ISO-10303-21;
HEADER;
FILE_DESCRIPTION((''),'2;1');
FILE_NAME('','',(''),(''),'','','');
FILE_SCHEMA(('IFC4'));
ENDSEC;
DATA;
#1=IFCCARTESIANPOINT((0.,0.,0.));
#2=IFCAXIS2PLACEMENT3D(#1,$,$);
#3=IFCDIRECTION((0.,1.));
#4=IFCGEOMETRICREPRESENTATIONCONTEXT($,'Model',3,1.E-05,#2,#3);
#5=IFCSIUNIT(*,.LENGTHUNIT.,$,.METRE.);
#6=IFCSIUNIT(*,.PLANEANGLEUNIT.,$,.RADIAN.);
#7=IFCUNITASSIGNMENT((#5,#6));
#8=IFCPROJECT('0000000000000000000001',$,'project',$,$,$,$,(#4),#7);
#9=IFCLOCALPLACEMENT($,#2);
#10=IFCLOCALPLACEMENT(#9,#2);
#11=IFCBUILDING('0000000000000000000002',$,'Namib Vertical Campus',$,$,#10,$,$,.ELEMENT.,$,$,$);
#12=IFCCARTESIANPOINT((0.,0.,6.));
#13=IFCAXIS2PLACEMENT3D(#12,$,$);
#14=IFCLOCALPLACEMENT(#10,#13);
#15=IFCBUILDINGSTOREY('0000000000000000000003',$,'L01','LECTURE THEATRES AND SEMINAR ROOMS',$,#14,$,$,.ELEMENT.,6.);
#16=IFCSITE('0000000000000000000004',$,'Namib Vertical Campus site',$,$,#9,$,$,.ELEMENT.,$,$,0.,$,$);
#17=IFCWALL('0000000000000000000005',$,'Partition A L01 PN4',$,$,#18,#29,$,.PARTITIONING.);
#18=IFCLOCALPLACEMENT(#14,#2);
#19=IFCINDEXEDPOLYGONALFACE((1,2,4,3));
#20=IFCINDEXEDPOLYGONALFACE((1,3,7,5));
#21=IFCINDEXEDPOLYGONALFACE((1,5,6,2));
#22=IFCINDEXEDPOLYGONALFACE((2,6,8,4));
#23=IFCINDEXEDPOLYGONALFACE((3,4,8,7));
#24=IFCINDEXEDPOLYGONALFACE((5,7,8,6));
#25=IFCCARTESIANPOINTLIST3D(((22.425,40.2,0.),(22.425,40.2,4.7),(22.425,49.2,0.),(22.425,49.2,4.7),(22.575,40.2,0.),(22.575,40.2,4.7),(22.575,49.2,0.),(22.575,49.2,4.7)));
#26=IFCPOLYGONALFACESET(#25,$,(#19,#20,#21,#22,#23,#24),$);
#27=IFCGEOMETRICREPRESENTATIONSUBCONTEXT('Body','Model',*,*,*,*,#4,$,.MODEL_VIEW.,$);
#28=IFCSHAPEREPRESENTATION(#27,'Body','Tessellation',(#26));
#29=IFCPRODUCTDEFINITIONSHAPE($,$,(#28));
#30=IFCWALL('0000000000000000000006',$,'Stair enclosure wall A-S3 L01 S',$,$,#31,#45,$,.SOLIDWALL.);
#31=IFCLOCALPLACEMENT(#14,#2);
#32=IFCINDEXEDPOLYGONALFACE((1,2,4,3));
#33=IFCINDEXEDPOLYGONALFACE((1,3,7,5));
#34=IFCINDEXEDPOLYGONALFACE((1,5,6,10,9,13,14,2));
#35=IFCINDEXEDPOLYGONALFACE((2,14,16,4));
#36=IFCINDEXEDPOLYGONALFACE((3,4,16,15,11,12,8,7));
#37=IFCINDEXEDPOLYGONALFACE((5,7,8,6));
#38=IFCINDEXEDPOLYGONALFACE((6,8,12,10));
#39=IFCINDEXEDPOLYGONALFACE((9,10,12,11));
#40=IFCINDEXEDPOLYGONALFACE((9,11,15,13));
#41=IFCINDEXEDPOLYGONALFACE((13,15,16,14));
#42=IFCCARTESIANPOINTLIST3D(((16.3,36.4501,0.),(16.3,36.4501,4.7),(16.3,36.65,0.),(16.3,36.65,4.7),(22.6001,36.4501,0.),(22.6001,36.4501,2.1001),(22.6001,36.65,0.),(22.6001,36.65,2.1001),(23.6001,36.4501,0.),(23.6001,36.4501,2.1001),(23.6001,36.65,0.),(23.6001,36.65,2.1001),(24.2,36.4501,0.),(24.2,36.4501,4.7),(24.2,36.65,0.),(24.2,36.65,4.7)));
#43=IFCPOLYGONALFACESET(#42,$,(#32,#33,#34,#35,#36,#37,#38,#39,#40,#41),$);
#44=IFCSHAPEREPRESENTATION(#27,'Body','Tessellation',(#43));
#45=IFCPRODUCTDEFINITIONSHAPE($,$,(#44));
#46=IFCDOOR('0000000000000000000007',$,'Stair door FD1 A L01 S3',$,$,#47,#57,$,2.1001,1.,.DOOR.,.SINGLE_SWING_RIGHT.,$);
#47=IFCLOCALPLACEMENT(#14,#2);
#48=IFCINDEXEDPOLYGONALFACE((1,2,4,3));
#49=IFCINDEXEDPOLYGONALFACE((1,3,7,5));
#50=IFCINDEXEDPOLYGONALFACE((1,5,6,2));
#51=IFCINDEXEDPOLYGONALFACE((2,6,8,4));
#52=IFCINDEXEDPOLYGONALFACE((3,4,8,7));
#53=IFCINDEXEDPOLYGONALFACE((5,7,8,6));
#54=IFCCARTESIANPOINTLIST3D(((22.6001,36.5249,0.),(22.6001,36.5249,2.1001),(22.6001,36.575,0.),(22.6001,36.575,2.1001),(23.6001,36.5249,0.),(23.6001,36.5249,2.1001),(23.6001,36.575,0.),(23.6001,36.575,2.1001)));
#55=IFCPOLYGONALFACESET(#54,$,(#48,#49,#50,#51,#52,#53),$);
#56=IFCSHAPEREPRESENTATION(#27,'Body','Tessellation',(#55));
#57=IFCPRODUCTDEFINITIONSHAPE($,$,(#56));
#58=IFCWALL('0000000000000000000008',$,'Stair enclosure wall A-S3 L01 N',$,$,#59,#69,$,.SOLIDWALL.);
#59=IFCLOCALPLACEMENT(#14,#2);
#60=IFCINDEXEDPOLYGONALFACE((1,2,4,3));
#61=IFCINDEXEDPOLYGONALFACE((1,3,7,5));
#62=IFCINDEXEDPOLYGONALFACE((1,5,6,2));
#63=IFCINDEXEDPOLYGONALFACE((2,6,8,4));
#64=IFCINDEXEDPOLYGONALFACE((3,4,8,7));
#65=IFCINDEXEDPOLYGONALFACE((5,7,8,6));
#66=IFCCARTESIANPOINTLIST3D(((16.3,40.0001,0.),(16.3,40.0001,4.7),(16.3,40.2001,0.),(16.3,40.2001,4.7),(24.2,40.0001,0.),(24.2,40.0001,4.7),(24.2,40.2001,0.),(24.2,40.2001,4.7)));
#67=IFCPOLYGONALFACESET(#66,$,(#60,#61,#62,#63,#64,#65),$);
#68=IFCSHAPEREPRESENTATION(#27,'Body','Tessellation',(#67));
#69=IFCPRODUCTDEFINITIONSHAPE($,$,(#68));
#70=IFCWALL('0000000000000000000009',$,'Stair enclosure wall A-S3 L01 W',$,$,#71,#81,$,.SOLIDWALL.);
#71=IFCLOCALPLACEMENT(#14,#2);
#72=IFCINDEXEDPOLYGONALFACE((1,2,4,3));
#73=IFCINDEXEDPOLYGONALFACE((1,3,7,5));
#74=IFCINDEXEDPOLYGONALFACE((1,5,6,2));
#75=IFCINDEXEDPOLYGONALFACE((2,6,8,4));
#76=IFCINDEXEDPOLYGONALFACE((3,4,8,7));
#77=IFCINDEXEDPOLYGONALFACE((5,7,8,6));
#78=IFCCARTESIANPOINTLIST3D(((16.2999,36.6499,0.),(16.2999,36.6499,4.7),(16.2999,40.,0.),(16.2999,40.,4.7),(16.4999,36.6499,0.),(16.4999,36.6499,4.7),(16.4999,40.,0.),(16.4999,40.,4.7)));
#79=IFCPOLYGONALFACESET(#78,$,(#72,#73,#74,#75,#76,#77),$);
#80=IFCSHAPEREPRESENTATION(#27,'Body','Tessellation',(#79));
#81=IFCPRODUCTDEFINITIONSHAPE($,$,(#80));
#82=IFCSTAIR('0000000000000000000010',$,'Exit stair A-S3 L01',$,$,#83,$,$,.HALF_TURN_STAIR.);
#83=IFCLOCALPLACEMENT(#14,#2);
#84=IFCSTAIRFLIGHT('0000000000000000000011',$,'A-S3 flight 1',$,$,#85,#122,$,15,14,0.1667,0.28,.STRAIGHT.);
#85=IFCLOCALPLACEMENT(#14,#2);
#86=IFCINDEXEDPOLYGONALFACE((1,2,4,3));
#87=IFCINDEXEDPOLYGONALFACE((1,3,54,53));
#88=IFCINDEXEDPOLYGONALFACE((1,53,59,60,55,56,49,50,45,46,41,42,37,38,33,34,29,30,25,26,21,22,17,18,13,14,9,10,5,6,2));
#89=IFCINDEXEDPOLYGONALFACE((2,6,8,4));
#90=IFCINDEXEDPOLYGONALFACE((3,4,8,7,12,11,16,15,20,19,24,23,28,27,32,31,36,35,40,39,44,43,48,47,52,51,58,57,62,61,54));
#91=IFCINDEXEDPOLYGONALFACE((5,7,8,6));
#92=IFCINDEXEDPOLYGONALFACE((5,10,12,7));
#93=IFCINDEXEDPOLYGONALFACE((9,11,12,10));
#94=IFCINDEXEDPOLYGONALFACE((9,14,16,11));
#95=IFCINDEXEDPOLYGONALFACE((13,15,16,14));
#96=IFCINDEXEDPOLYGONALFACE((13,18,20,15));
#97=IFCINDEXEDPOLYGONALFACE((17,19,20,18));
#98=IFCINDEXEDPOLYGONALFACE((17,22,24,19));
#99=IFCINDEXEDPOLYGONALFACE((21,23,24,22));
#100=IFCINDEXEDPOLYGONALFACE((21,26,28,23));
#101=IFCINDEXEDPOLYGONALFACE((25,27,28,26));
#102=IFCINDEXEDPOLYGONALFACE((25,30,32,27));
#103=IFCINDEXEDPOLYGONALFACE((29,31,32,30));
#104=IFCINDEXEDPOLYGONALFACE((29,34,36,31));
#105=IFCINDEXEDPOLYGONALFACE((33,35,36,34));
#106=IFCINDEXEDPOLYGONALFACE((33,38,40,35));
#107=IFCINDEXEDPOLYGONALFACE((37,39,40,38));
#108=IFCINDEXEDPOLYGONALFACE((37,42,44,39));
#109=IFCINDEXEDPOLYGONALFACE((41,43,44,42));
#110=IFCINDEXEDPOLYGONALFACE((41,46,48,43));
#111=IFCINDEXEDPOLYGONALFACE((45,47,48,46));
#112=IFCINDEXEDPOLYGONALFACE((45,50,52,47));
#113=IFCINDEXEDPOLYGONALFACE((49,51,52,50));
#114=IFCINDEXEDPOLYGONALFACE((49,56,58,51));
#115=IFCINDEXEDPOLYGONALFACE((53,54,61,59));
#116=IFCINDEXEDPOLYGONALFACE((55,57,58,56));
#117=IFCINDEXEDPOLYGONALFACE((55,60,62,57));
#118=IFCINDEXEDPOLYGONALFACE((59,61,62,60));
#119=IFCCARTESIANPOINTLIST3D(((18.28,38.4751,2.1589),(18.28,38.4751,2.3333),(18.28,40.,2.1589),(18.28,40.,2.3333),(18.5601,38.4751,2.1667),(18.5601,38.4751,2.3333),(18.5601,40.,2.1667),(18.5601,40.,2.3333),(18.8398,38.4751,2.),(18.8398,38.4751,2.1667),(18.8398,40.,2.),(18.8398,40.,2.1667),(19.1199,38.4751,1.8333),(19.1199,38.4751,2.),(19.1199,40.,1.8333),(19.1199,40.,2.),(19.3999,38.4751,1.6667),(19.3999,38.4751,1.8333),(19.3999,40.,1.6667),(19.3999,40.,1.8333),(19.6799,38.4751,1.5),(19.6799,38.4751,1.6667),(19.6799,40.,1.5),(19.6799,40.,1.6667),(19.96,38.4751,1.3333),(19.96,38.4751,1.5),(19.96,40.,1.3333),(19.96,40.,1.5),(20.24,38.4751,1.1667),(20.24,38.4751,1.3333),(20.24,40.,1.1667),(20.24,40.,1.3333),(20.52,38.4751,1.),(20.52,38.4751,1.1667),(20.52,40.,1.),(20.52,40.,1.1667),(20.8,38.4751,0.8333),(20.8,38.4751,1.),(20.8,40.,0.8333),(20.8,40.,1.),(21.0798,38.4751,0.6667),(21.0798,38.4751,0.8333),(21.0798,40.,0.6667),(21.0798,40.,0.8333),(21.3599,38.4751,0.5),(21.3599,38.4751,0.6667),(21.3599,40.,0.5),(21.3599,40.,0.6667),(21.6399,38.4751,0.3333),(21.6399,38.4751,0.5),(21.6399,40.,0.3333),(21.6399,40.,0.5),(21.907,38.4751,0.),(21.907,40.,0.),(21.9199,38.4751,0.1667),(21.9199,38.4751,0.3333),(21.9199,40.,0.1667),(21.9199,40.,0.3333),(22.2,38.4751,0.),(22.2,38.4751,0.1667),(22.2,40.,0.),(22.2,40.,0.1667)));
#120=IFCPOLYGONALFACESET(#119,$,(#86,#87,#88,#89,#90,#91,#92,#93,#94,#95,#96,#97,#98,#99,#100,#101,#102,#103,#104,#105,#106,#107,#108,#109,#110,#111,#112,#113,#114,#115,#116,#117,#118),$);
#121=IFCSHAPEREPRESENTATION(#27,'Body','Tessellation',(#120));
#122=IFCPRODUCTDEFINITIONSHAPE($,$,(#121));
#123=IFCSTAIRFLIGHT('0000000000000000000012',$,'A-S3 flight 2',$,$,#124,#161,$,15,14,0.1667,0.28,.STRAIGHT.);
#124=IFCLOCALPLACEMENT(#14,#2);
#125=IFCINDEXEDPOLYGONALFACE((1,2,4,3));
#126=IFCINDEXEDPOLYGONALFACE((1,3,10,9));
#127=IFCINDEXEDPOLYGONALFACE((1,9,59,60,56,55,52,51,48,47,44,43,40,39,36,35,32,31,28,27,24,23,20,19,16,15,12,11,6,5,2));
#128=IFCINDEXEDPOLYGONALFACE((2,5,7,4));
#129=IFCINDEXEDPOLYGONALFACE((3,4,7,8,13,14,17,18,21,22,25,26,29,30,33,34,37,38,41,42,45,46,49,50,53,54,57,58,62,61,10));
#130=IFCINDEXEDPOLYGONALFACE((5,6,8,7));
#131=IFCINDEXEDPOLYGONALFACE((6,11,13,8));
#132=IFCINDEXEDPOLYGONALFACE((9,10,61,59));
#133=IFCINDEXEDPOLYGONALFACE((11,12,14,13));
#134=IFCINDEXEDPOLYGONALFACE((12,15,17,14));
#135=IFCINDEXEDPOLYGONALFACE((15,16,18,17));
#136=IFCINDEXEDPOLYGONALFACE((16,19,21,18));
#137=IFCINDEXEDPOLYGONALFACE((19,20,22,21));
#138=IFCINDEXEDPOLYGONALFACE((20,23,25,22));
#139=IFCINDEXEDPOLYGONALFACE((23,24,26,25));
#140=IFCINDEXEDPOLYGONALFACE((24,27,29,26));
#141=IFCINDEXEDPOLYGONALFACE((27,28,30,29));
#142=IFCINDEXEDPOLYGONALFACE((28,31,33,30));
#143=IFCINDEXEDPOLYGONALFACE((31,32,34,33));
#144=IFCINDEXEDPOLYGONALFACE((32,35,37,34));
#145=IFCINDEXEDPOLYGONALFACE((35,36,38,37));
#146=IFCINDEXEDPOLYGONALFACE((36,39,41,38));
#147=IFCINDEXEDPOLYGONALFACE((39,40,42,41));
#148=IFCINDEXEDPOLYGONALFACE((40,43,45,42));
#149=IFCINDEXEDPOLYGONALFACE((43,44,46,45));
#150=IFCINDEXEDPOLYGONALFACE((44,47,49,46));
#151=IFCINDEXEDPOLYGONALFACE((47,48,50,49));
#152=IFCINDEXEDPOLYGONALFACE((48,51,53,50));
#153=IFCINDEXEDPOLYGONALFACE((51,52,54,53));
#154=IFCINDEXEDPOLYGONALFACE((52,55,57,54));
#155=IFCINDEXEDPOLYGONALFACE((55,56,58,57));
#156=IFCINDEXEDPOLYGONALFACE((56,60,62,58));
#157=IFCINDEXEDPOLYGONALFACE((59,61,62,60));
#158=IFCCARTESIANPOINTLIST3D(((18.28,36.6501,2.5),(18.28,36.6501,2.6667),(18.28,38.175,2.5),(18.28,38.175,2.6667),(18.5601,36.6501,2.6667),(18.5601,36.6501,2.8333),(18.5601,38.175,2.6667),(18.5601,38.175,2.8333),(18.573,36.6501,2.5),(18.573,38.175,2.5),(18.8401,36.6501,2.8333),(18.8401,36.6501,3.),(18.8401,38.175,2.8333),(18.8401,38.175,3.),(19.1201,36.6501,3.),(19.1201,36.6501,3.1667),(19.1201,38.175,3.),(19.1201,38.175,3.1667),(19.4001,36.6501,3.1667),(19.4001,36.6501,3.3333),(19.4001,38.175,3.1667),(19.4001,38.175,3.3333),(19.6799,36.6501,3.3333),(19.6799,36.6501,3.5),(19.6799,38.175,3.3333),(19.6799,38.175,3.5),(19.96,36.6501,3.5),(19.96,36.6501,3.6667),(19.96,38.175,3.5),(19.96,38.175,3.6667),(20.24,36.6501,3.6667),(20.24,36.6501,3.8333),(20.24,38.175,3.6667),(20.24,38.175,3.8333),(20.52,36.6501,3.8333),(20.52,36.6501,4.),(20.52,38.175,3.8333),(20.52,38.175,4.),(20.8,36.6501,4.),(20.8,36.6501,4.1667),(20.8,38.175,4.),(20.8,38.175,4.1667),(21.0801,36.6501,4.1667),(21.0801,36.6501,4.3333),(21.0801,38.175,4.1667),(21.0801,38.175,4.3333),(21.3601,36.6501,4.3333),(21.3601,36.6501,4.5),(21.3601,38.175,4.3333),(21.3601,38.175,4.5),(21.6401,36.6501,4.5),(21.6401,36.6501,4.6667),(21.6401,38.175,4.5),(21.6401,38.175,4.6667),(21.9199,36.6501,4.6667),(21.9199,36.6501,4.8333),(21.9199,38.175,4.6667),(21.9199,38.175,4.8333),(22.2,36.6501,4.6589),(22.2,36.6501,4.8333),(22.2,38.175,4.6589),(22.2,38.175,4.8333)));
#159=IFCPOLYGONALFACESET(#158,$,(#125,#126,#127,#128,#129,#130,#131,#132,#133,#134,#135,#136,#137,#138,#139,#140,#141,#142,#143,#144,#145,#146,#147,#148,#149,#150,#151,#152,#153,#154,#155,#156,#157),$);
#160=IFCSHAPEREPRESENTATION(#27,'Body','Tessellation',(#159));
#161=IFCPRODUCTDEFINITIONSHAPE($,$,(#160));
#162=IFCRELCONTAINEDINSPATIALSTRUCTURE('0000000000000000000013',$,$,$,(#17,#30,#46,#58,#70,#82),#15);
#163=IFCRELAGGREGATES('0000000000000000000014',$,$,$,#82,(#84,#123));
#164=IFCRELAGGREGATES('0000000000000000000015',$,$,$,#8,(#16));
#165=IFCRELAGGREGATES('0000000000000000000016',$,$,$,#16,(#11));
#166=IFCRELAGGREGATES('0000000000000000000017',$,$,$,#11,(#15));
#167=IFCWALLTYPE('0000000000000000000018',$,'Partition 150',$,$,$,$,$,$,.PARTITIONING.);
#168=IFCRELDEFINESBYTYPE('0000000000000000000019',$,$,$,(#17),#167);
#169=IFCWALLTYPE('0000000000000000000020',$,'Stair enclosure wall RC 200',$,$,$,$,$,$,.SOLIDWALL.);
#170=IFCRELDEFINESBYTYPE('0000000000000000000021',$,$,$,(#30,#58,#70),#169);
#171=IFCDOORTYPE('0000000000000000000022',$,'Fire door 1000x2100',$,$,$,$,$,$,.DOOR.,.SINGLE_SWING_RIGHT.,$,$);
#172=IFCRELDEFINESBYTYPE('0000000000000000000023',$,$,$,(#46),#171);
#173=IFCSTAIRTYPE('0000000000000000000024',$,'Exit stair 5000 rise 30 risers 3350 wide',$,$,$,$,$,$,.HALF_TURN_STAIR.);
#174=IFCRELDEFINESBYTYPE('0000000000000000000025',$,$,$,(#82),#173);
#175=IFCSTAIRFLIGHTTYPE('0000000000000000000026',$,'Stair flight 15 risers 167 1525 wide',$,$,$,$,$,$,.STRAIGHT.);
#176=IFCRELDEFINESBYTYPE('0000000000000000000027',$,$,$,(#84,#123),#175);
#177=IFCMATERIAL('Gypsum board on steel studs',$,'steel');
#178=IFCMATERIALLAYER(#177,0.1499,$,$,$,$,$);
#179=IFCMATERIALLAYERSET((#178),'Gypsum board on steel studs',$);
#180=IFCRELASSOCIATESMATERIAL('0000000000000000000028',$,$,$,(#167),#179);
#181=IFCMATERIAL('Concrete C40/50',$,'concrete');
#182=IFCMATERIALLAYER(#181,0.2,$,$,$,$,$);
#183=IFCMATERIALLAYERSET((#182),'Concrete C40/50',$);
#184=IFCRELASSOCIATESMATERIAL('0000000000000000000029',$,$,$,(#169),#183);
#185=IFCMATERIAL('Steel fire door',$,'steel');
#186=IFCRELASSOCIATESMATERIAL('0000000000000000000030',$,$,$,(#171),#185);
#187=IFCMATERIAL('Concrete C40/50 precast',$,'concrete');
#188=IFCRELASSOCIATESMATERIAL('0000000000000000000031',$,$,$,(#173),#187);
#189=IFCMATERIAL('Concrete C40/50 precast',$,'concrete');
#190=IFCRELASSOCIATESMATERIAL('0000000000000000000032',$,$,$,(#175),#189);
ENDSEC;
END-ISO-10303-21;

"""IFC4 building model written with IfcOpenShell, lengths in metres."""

from ifc_helpers import new_model, si_unit, direction, frame, frame_2d, origin, place, context, subcontext, project, spatial, polyline, rectangle, outline, extrude, material, layer, layer_set, type_object, element, fill, aggregate, save


model = new_model("IFC4")

# Units and contexts
model_context = context("Model", 3, precision=1e-05, world=origin(), true_north=direction((0.0, 1.0)))
body_context = subcontext(model_context, "Body", "Model", "MODEL_VIEW")
ifc_project = project(units=[si_unit("LENGTHUNIT", "METRE"), si_unit("PLANEANGLEUNIT", "RADIAN")], contexts=[model_context])

# Site, building, storey
site_placement = place(None, origin())
site = spatial("IfcSite", under=ifc_project, at=site_placement, Name="Namib Vertical Campus site", CompositionType="ELEMENT", RefElevation=0.0)
building_placement = place(site_placement, origin())
building = spatial("IfcBuilding", under=site, at=building_placement, Name="Namib Vertical Campus", CompositionType="ELEMENT")
storey_placement = place(building_placement, frame((0.0, 0.0, 6.0)))
storey = spatial("IfcBuildingStorey", under=building, at=storey_placement, Name="L01", Description="LECTURE THEATRES AND SEMINAR ROOMS", CompositionType="ELEMENT", Elevation=6.0)

# Shared definitions
ifc_material_1 = material(Name="Gypsum board on steel studs", Category="steel")
ifc_layer_1 = layer(ifc_material_1, 0.1499)
ifc_layer_set_1 = layer_set([ifc_layer_1], Name="Gypsum board on steel studs")
wall_type_1 = type_object("IfcWallType", Name="Partition 150", PredefinedType="PARTITIONING", material=ifc_layer_set_1)

# Wall
wall_1_placement = place(storey_placement, frame((22.5, 40.2, 0.0), z_axis=(0.0, 0.0, 1.0), x_axis=(0.0, 1.0, 0.0)))
element("IfcWall", 1, at=wall_1_placement, inside=storey, type_object=wall_type_1, Name="Partition A L01 PN4", PredefinedType="PARTITIONING", context=body_context, shape_type="SweptSolid", body=[
    extrude(rectangle(XDim=9.0, YDim=0.1499, at=frame_2d((4.5, 0.0))), origin(), (0.0, 0.0, 1.0), 4.7),
])

# Wall, opening, door
ifc_material_2 = material(Name="Concrete C40/50", Category="concrete")
ifc_layer_2 = layer(ifc_material_2, 0.2)
ifc_layer_set_2 = layer_set([ifc_layer_2], Name="Concrete C40/50")
wall_type_2 = type_object("IfcWallType", Name="Stair enclosure wall RC 200", PredefinedType="SOLIDWALL", material=ifc_layer_set_2)
wall_2_placement = place(storey_placement, frame((16.3, 36.55, 0.0), z_axis=(0.0, 0.0, 1.0), x_axis=(1.0, 0.0, 0.0)))
wall_2 = element("IfcWall", 2, at=wall_2_placement, inside=storey, type_object=wall_type_2, Name="Stair enclosure wall A-S3 L01 S", PredefinedType="SOLIDWALL", context=body_context, shape_type="SweptSolid", body=[
    extrude(rectangle(XDim=7.8999, YDim=0.2, at=frame_2d((3.95, 0.0))), origin(), (0.0, 0.0, 1.0), 4.7),
])
opening_1_placement = place(wall_2_placement, frame((6.3, 0.0, 0.0)))
opening_1 = element("IfcOpeningElement", 3, at=opening_1_placement, cuts=wall_2, PredefinedType="OPENING", context=body_context, shape_type="SweptSolid", body=[
    extrude(rectangle(XDim=1.0, YDim=2.1001, at=frame_2d((0.5, 1.05))), frame((0.0, 0.1099, 0.0), z_axis=(0.0, -1.0, 0.0), x_axis=(1.0, 0.0, 0.0)), (0.0, 0.0, 1.0), 0.22),
])
ifc_material_3 = material(Name="Steel fire door", Category="steel")
door_type_1 = type_object("IfcDoorType", Name="Fire door 1000x2100", OperationType="SINGLE_SWING_RIGHT", PredefinedType="DOOR", material=ifc_material_3)
door_1_placement = place(opening_1_placement, origin())
door_1 = element("IfcDoor", 4, at=door_1_placement, inside=storey, type_object=door_type_1, Name="Stair door FD1 A L01 S3", OperationType="SINGLE_SWING_RIGHT", OverallHeight=2.1001, OverallWidth=1.0, PredefinedType="DOOR", context=body_context, shape_type="SweptSolid", body=[
    extrude(rectangle(XDim=1.0, YDim=2.1001, at=frame_2d((0.5, 1.05))), frame((0.0, 0.0249, 0.0), z_axis=(0.0, -1.0, 0.0), x_axis=(1.0, 0.0, 0.0)), (0.0, 0.0, 1.0), 0.05),
])
fill(opening_1, door_1)

# Walls
wall_3_placement = place(storey_placement, frame((16.3, 40.1001, 0.0), z_axis=(0.0, 0.0, 1.0), x_axis=(1.0, 0.0, 0.0)))
element("IfcWall", 5, at=wall_3_placement, inside=storey, type_object=wall_type_2, Name="Stair enclosure wall A-S3 L01 N", PredefinedType="SOLIDWALL", context=body_context, shape_type="SweptSolid", body=[
    extrude(rectangle(XDim=7.8999, YDim=0.2, at=frame_2d((3.95, 0.0))), origin(), (0.0, 0.0, 1.0), 4.7),
])
wall_4_placement = place(storey_placement, frame((16.3999, 36.6499, 0.0), z_axis=(0.0, 0.0, 1.0), x_axis=(0.0, 1.0, 0.0)))
element("IfcWall", 6, at=wall_4_placement, inside=storey, type_object=wall_type_2, Name="Stair enclosure wall A-S3 L01 W", PredefinedType="SOLIDWALL", context=body_context, shape_type="SweptSolid", body=[
    extrude(rectangle(XDim=3.3501, YDim=0.2, at=frame_2d((1.675, 0.0))), origin(), (0.0, 0.0, 1.0), 4.7),
])

# Stair, stair flights
ifc_material_4 = material(Name="Concrete C40/50 precast", Category="concrete")
stair_type = type_object("IfcStairType", Name="Exit stair 5000 rise 30 risers 3350 wide", PredefinedType="HALF_TURN_STAIR", material=ifc_material_4)
stair_placement = place(storey_placement, origin())
stair = element("IfcStair", 7, at=stair_placement, inside=storey, type_object=stair_type, Name="Exit stair A-S3 L01", PredefinedType="HALF_TURN_STAIR")
ifc_material_5 = material(Name="Concrete C40/50 precast", Category="concrete")
stair_flight_type = type_object("IfcStairFlightType", Name="Stair flight 15 risers 167 1525 wide", PredefinedType="STRAIGHT", material=ifc_material_5)
stair_flight_1_placement = place(storey_placement, frame((22.2, 39.2375, 0.0), z_axis=(0.0, 0.0, 1.0), x_axis=(-1.0, 0.0, 0.0)))
stair_flight_1 = element("IfcStairFlight", 8, at=stair_flight_1_placement, type_object=stair_flight_type, Name="A-S3 flight 1", NumberOfRisers=15, NumberOfTreads=14, PredefinedType="STRAIGHT", RiserHeight=0.1667, TreadLength=0.28, context=body_context, shape_type="SweptSolid", body=[
    extrude(outline(polyline([(0.0, 0.0), (0.0, 0.1667), (0.28, 0.1667), (0.28, 0.3333), (0.5601, 0.3333), (0.5601, 0.5), (0.8401, 0.5), (0.8401, 0.6667), (1.1201, 0.6667), (1.1201, 0.8333), (1.3999, 0.8333), (1.3999, 1.0), (1.6799, 1.0), (1.6799, 1.1667), (1.96, 1.1667), (1.96, 1.3333), (2.24, 1.3333), (2.24, 1.5), (2.52, 1.5), (2.52, 1.6667), (2.8, 1.6667), (2.8, 1.8333), (3.0801, 1.8333), (3.0801, 2.0), (3.3601, 2.0), (3.3601, 2.1667), (3.6399, 2.1667), (3.6399, 2.3333), (3.9199, 2.3333), (3.9199, 2.5), (3.9199, 2.1589), (0.293, 0.0), (0.0, 0.0)])), frame((0.0, 0.7625, 0.0), z_axis=(0.0, -1.0, 0.0), x_axis=(1.0, 0.0, 0.0)), (0.0, 0.0, 1.0), 1.5249),
])
stair_flight_2_placement = place(storey_placement, frame((18.28, 37.4126, 2.5), z_axis=(0.0, 0.0, 1.0), x_axis=(1.0, 0.0, 0.0)))
stair_flight_2 = element("IfcStairFlight", 9, at=stair_flight_2_placement, type_object=stair_flight_type, Name="A-S3 flight 2", NumberOfRisers=15, NumberOfTreads=14, PredefinedType="STRAIGHT", RiserHeight=0.1667, TreadLength=0.28, context=body_context, shape_type="SweptSolid", body=[
    extrude(outline(polyline([(0.0, 0.0), (0.0, 0.1667), (0.28, 0.1667), (0.28, 0.3333), (0.5601, 0.3333), (0.5601, 0.5), (0.8401, 0.5), (0.8401, 0.6667), (1.1201, 0.6667), (1.1201, 0.8333), (1.3999, 0.8333), (1.3999, 1.0), (1.6799, 1.0), (1.6799, 1.1667), (1.96, 1.1667), (1.96, 1.3333), (2.24, 1.3333), (2.24, 1.5), (2.52, 1.5), (2.52, 1.6667), (2.8, 1.6667), (2.8, 1.8333), (3.0801, 1.8333), (3.0801, 2.0), (3.3601, 2.0), (3.3601, 2.1667), (3.6399, 2.1667), (3.6399, 2.3333), (3.9199, 2.3333), (3.9199, 2.5), (3.9199, 2.1589), (0.293, 0.0), (0.0, 0.0)])), frame((0.0, 0.7625, 0.0), z_axis=(0.0, -1.0, 0.0), x_axis=(1.0, 0.0, 0.0)), (0.0, 0.0, 1.0), 1.5249),
])
aggregate(stair, [stair_flight_1, stair_flight_2])

save(model, "model.ifc")
